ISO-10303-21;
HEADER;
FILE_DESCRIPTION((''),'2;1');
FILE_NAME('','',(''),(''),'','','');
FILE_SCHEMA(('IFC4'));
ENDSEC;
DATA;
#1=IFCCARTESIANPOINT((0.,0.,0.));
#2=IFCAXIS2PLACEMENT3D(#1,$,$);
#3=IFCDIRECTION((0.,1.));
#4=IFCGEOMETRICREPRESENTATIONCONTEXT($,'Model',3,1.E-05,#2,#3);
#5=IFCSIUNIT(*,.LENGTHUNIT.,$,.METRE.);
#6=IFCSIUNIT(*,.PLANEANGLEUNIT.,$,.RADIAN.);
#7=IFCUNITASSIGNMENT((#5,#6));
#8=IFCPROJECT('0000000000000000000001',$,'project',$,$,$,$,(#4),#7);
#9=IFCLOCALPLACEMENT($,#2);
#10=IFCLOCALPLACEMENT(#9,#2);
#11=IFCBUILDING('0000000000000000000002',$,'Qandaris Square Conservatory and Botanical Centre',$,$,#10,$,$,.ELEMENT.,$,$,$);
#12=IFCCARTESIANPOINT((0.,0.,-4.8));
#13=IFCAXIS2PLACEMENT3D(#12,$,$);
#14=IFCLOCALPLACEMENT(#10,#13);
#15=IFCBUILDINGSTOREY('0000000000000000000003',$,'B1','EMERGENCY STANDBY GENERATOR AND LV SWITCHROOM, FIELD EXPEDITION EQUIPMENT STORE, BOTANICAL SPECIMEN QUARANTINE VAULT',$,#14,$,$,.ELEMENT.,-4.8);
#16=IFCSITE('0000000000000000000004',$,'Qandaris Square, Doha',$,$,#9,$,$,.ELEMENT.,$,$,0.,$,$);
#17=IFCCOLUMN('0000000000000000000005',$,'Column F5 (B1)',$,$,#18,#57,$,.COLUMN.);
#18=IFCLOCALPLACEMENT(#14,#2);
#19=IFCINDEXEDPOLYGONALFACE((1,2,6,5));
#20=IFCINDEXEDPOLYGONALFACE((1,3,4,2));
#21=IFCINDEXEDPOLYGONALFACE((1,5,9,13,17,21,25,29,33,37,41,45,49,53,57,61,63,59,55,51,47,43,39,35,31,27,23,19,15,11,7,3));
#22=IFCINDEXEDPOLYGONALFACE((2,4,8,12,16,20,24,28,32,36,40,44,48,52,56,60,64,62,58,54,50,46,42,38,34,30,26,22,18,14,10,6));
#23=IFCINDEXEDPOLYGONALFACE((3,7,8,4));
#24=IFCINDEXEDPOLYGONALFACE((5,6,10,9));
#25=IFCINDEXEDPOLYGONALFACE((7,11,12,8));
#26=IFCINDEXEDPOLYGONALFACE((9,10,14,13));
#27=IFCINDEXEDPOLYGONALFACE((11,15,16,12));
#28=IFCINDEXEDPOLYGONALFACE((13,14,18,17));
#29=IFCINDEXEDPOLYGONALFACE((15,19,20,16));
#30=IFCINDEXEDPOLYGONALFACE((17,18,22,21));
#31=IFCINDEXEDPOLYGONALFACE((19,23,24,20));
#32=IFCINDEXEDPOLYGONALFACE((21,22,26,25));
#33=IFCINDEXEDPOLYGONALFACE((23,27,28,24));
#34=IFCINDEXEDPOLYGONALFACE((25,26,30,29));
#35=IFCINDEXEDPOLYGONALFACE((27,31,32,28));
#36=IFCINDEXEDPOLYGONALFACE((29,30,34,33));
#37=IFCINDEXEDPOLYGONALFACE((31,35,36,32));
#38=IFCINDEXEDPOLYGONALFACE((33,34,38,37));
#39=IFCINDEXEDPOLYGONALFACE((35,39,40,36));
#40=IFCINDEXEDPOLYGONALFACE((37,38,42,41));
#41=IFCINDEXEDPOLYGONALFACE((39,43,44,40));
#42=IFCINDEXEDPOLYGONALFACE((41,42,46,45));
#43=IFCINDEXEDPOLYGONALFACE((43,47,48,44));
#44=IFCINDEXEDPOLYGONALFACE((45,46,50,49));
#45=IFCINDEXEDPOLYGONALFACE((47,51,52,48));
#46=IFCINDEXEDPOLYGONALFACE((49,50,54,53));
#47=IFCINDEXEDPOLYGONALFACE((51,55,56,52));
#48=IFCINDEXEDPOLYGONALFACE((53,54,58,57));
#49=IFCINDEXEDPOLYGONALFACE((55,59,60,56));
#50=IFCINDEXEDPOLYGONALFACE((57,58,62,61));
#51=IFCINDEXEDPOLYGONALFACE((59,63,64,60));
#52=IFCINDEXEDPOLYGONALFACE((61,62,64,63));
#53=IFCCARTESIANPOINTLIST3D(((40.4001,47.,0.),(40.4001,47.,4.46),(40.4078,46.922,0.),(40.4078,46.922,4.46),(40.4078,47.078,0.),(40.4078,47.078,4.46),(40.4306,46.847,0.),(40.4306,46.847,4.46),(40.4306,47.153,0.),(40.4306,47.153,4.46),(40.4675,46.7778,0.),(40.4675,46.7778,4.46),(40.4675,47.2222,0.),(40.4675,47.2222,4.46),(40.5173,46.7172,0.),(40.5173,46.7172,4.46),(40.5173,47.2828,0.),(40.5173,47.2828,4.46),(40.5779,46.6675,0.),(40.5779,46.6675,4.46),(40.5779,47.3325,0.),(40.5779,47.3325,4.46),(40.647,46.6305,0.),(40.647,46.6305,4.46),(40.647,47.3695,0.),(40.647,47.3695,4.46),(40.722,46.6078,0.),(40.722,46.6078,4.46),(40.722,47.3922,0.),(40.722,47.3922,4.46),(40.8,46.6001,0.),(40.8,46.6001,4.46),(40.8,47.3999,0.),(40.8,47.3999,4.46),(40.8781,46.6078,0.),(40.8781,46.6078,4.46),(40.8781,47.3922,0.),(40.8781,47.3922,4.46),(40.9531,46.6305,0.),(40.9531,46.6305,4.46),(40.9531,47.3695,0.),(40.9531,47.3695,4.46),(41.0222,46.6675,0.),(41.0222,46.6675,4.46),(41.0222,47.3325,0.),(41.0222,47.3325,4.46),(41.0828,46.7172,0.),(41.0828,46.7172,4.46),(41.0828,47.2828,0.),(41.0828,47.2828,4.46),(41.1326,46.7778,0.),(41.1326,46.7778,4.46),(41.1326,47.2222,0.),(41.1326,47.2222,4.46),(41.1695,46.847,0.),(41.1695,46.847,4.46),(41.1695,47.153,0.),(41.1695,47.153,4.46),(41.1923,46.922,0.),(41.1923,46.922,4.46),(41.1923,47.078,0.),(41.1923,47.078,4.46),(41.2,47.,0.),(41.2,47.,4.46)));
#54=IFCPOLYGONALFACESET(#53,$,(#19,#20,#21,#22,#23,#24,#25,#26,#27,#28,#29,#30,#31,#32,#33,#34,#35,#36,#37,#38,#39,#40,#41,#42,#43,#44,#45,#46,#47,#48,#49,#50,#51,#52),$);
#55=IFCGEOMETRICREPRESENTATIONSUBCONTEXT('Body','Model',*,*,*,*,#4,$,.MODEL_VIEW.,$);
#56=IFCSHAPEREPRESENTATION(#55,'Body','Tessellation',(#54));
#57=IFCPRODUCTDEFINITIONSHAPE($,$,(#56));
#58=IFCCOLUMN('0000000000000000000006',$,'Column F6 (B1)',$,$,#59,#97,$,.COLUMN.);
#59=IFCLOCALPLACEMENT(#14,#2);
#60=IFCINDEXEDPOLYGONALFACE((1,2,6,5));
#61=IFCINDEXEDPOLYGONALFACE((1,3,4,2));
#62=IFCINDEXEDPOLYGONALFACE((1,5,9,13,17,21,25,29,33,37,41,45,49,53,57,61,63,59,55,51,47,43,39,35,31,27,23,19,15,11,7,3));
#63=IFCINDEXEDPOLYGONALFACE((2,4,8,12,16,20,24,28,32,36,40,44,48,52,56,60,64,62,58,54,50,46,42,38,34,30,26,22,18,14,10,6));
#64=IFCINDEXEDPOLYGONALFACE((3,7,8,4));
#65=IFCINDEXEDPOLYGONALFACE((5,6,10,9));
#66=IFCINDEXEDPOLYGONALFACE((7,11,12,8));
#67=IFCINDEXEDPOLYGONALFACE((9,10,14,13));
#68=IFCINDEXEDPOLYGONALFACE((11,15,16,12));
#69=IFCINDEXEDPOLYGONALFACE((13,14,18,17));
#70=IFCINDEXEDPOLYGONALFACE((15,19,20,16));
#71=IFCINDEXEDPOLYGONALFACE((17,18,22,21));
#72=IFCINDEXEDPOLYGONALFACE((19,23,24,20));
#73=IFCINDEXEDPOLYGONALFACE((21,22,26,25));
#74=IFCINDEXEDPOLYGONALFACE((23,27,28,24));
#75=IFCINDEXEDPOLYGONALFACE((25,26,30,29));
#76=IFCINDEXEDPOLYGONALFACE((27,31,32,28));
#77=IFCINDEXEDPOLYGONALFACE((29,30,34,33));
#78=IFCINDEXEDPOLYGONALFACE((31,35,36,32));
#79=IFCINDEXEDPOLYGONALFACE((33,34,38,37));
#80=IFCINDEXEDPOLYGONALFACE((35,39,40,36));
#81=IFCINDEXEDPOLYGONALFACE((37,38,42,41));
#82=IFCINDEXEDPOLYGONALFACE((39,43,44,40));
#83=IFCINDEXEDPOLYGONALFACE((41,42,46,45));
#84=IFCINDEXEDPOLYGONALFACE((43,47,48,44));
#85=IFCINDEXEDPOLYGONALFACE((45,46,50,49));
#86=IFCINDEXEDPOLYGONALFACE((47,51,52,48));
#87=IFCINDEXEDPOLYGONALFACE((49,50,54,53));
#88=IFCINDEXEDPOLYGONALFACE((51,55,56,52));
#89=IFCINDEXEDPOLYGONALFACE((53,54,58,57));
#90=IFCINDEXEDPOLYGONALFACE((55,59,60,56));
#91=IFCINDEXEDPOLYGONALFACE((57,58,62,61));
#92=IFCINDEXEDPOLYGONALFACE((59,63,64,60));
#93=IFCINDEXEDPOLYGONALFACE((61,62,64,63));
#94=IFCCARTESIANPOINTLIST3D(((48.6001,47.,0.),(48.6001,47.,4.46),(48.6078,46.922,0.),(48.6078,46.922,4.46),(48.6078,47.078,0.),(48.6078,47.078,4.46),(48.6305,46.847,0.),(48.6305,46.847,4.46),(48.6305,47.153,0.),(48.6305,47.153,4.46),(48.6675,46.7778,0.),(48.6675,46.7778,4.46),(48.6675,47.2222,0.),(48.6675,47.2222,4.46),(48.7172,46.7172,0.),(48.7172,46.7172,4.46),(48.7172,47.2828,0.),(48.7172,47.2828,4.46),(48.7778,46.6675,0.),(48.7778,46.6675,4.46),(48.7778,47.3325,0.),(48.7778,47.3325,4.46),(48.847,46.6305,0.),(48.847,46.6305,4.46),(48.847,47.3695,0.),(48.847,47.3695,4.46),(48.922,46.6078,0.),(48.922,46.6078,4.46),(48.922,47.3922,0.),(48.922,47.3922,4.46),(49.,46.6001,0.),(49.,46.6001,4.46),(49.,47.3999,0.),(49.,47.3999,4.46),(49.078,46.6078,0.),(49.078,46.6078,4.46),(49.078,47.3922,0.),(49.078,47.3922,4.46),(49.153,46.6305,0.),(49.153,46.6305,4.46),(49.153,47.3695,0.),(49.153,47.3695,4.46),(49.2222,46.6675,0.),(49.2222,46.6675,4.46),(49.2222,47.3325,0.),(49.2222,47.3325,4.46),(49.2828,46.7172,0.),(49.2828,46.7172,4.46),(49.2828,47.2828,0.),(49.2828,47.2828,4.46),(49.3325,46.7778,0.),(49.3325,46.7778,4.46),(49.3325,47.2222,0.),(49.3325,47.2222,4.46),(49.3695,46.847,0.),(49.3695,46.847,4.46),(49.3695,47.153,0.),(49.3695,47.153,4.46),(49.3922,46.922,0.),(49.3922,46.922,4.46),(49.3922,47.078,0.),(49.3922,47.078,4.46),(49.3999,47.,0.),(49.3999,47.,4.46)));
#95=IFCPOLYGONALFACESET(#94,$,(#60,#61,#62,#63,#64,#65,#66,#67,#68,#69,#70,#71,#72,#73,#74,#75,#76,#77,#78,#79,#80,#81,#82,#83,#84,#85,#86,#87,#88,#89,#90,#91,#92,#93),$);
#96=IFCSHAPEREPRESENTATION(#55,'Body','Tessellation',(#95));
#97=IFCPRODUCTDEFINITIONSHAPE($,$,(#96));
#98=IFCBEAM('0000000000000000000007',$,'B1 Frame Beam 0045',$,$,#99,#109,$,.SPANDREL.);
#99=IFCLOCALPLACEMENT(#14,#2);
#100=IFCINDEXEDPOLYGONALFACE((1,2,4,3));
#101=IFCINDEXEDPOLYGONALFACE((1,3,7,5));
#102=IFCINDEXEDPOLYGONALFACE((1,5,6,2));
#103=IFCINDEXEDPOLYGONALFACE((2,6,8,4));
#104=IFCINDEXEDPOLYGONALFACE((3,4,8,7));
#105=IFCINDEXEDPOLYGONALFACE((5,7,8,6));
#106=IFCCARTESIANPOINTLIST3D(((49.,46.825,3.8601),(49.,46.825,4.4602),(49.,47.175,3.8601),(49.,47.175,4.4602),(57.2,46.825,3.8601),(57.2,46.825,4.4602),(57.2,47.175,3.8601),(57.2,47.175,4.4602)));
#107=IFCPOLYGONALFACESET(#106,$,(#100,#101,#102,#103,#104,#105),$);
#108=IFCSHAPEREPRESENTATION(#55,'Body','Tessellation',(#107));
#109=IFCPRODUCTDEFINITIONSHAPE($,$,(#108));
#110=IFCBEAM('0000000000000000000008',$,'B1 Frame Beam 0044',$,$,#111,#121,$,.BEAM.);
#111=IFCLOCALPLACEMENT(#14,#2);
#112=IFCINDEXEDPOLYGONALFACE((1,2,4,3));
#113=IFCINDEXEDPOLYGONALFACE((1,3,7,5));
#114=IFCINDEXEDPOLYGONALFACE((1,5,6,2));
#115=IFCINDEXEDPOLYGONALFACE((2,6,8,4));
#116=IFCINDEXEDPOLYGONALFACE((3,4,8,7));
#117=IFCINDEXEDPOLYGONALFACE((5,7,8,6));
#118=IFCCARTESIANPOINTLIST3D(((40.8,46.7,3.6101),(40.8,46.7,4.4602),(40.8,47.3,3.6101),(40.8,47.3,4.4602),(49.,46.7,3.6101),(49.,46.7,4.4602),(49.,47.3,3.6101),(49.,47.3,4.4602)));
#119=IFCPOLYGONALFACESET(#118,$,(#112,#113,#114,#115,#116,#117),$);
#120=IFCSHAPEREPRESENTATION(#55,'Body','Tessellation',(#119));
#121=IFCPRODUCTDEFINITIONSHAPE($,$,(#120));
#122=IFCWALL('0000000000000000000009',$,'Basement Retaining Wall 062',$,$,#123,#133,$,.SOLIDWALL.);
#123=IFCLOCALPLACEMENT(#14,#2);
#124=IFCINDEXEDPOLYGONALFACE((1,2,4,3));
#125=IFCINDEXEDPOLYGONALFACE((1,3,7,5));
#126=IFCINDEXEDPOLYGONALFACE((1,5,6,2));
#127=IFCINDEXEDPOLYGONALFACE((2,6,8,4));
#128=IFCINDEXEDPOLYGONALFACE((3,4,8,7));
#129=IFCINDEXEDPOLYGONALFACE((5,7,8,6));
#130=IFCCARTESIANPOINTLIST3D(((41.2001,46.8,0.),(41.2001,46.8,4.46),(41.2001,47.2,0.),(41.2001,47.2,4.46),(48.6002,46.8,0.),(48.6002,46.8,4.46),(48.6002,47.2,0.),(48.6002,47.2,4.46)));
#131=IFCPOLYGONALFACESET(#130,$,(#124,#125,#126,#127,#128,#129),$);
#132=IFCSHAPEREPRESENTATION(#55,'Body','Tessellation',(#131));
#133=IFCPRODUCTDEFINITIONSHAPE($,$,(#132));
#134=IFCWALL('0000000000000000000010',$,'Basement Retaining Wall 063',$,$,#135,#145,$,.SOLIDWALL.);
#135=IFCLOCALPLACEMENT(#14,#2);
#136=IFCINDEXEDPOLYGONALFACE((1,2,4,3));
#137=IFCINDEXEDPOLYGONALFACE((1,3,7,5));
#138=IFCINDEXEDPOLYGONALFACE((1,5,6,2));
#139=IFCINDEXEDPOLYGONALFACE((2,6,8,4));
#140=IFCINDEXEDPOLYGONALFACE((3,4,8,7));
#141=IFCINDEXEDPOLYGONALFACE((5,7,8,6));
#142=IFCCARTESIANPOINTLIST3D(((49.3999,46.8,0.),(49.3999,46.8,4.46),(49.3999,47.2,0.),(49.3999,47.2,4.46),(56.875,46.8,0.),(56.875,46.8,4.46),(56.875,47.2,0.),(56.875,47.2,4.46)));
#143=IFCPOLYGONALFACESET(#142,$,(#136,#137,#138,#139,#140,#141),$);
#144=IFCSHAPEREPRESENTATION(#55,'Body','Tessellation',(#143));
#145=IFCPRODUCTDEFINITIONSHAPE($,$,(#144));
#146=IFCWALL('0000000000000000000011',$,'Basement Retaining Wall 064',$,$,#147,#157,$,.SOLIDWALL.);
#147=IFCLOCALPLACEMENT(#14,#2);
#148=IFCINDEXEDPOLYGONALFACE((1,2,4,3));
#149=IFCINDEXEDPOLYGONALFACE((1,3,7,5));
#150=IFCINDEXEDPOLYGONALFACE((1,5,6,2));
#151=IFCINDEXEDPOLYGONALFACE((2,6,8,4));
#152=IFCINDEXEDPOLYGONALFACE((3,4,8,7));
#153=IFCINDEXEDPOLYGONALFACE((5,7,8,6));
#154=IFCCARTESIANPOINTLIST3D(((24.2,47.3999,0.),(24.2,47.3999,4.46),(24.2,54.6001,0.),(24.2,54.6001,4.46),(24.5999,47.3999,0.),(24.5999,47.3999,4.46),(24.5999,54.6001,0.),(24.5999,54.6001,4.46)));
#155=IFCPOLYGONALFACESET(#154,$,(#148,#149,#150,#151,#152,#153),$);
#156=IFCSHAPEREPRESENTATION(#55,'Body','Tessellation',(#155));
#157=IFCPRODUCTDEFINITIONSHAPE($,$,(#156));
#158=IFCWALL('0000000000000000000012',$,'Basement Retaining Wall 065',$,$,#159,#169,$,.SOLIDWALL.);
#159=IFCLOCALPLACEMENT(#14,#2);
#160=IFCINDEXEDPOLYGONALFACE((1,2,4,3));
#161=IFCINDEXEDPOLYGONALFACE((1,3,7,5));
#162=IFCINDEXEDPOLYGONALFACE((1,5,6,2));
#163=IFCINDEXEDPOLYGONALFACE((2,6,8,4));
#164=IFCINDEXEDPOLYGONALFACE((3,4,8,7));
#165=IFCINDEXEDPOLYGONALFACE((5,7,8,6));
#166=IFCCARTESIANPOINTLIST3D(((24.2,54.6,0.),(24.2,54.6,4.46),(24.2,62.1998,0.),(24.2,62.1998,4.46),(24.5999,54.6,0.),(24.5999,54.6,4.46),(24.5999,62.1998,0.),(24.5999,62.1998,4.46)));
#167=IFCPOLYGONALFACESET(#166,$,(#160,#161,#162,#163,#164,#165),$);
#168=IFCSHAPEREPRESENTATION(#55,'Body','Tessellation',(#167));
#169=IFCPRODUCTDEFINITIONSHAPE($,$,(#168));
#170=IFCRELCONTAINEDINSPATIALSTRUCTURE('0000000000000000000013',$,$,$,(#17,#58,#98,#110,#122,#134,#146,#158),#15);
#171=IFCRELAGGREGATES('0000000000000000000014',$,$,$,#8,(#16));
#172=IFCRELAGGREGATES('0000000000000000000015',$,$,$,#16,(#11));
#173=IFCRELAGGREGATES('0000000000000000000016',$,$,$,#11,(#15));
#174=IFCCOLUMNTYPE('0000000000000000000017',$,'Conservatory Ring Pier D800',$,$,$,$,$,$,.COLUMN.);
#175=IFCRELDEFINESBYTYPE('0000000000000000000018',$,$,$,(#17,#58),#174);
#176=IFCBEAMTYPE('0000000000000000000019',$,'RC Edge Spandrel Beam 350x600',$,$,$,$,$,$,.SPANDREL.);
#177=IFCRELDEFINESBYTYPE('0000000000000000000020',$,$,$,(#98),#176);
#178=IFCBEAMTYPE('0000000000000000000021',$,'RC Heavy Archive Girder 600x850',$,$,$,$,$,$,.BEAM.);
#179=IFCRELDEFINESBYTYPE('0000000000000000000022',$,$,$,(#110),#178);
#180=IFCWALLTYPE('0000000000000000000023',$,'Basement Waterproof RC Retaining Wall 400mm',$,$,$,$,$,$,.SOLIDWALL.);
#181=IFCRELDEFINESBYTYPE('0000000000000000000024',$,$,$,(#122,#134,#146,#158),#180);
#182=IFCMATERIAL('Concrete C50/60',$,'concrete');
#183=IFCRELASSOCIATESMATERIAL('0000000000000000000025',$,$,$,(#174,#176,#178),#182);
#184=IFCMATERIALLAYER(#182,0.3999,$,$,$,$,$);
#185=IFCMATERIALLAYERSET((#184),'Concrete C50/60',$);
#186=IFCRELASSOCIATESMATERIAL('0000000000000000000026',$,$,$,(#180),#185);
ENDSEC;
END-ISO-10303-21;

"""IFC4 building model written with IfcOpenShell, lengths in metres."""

from ifc_helpers import new_model, si_unit, direction, frame, frame_2d, origin, origin_2d, place, context, subcontext, project, spatial, rectangle, circle, extrude, material, layer, layer_set, material_profile, profile_set, type_object, element, save


model = new_model("IFC4")

# Units and contexts
model_context = context("Model", 3, precision=1e-05, world=origin(), true_north=direction((0.0, 1.0)))
body_context = subcontext(model_context, "Body", "Model", "MODEL_VIEW")
ifc_project = project(units=[si_unit("LENGTHUNIT", "METRE"), si_unit("PLANEANGLEUNIT", "RADIAN")], contexts=[model_context])

# Site, building, storey
site_placement = place(None, origin())
site = spatial("IfcSite", under=ifc_project, at=site_placement, Name="Qandaris Square, Doha", CompositionType="ELEMENT", RefElevation=0.0)
building_placement = place(site_placement, origin())
building = spatial("IfcBuilding", under=site, at=building_placement, Name="Qandaris Square Conservatory and Botanical Centre", CompositionType="ELEMENT")
storey_placement = place(building_placement, frame((0.0, 0.0, -4.8)))
storey = spatial("IfcBuildingStorey", under=building, at=storey_placement, Name="B1", Description="EMERGENCY STANDBY GENERATOR AND LV SWITCHROOM, FIELD EXPEDITION EQUIPMENT STORE, BOTANICAL SPECIMEN QUARANTINE VAULT", CompositionType="ELEMENT", Elevation=-4.8)

# Shared definitions
ifc_material_1 = material(Name="Concrete C50/60", Category="concrete")

# Columns
ifc_material_profile_1 = material_profile(ifc_material_1, circle(Radius=0.3999, at=origin_2d()), Name="RC-COL D800")
ifc_profile_set_1 = profile_set([ifc_material_profile_1], Name="Concrete C50/60")
column_type = type_object("IfcColumnType", Name="Conservatory Ring Pier D800", PredefinedType="COLUMN", material=ifc_profile_set_1)
for number, where, z_axis, x_axis, name in (
    (1, (40.8, 47.0, 0.0), (0.0, 0.0, 1.0), (1.0, 0.0, 0.0), "Column F5 (B1)"),
    (2, (49.0, 47.0, 0.0), (0.0, 0.0, 1.0), (1.0, 0.0, 0.0), "Column F6 (B1)"),
):
    element("IfcColumn", number, at=place(storey_placement, frame(where, z_axis=z_axis, x_axis=x_axis)), inside=storey, type_object=column_type, Name=name, PredefinedType="COLUMN", context=body_context, shape_type="SweptSolid", body=[
        extrude(circle(Radius=0.3999, at=origin_2d()), origin(), (0.0, 0.0, 1.0), 4.46),
    ])

# Beams
ifc_material_profile_2 = material_profile(ifc_material_1, rectangle(XDim=0.3501, YDim=0.6001, at=origin_2d()), Name="RC-SP 350x600")
ifc_profile_set_2 = profile_set([ifc_material_profile_2], Name="Concrete C50/60")
beam_type_1 = type_object("IfcBeamType", Name="RC Edge Spandrel Beam 350x600", PredefinedType="SPANDREL", material=ifc_profile_set_2)
beam_1_placement = place(storey_placement, frame((49.0, 47.0, 4.1602), z_axis=(1.0, 0.0, 0.0), x_axis=(0.0, 1.0, 0.0)))
element("IfcBeam", 3, at=beam_1_placement, inside=storey, type_object=beam_type_1, Name="B1 Frame Beam 0045", PredefinedType="SPANDREL", context=body_context, shape_type="SweptSolid", body=[
    extrude(rectangle(XDim=0.3501, YDim=0.6001, at=origin_2d()), origin(), (0.0, 0.0, 1.0), 8.2),
])
ifc_material_profile_3 = material_profile(ifc_material_1, rectangle(XDim=0.6001, YDim=0.8501, at=origin_2d()), Name="RC-BM 600x850")
ifc_profile_set_3 = profile_set([ifc_material_profile_3], Name="Concrete C50/60")
beam_type_2 = type_object("IfcBeamType", Name="RC Heavy Archive Girder 600x850", PredefinedType="BEAM", material=ifc_profile_set_3)
beam_2_placement = place(storey_placement, frame((40.8, 47.0, 4.0352), z_axis=(1.0, 0.0, 0.0), x_axis=(0.0, 1.0, 0.0)))
element("IfcBeam", 4, at=beam_2_placement, inside=storey, type_object=beam_type_2, Name="B1 Frame Beam 0044", PredefinedType="BEAM", context=body_context, shape_type="SweptSolid", body=[
    extrude(rectangle(XDim=0.6001, YDim=0.8501, at=origin_2d()), origin(), (0.0, 0.0, 1.0), 8.2),
])

# Walls
ifc_layer_1 = layer(ifc_material_1, 0.3999)
ifc_layer_set_1 = layer_set([ifc_layer_1], Name="Concrete C50/60")
wall_type_1 = type_object("IfcWallType", Name="Basement Waterproof RC Retaining Wall 400mm", PredefinedType="SOLIDWALL", material=ifc_layer_set_1)
wall_1_placement = place(storey_placement, frame((41.2, 47.0, 0.0), z_axis=(0.0, 0.0, 1.0), x_axis=(1.0, 0.0, 0.0)))
element("IfcWall", 5, at=wall_1_placement, inside=storey, type_object=wall_type_1, Name="Basement Retaining Wall 062", PredefinedType="SOLIDWALL", context=body_context, shape_type="SweptSolid", body=[
    extrude(rectangle(XDim=7.4001, YDim=0.3999, at=frame_2d((3.7002, 0.0))), origin(), (0.0, 0.0, 1.0), 4.46),
])
wall_2_placement = place(storey_placement, frame((49.3999, 47.0, 0.0), z_axis=(0.0, 0.0, 1.0), x_axis=(1.0, 0.0, 0.0)))
element("IfcWall", 6, at=wall_2_placement, inside=storey, type_object=wall_type_1, Name="Basement Retaining Wall 063", PredefinedType="SOLIDWALL", context=body_context, shape_type="SweptSolid", body=[
    extrude(rectangle(XDim=7.4751, YDim=0.3999, at=frame_2d((3.7375, 0.0))), origin(), (0.0, 0.0, 1.0), 4.46),
])
wall_3_placement = place(storey_placement, frame((24.3999, 47.3999, 0.0), z_axis=(0.0, 0.0, 1.0), x_axis=(0.0, 1.0, 0.0)))
element("IfcWall", 7, at=wall_3_placement, inside=storey, type_object=wall_type_1, Name="Basement Retaining Wall 064", PredefinedType="SOLIDWALL", context=body_context, shape_type="SweptSolid", body=[
    extrude(rectangle(XDim=7.2002, YDim=0.3999, at=frame_2d((3.6001, 0.0))), origin(), (0.0, 0.0, 1.0), 4.46),
])
wall_4_placement = place(storey_placement, frame((24.3999, 54.6001, 0.0), z_axis=(0.0, 0.0, 1.0), x_axis=(0.0, 1.0, 0.0)))
element("IfcWall", 8, at=wall_4_placement, inside=storey, type_object=wall_type_1, Name="Basement Retaining Wall 065", PredefinedType="SOLIDWALL", context=body_context, shape_type="SweptSolid", body=[
    extrude(rectangle(XDim=7.5999, YDim=0.3999, at=frame_2d((3.7998, 0.0))), origin(), (0.0, 0.0, 1.0), 4.46),
])

save(model, "model.ifc")
